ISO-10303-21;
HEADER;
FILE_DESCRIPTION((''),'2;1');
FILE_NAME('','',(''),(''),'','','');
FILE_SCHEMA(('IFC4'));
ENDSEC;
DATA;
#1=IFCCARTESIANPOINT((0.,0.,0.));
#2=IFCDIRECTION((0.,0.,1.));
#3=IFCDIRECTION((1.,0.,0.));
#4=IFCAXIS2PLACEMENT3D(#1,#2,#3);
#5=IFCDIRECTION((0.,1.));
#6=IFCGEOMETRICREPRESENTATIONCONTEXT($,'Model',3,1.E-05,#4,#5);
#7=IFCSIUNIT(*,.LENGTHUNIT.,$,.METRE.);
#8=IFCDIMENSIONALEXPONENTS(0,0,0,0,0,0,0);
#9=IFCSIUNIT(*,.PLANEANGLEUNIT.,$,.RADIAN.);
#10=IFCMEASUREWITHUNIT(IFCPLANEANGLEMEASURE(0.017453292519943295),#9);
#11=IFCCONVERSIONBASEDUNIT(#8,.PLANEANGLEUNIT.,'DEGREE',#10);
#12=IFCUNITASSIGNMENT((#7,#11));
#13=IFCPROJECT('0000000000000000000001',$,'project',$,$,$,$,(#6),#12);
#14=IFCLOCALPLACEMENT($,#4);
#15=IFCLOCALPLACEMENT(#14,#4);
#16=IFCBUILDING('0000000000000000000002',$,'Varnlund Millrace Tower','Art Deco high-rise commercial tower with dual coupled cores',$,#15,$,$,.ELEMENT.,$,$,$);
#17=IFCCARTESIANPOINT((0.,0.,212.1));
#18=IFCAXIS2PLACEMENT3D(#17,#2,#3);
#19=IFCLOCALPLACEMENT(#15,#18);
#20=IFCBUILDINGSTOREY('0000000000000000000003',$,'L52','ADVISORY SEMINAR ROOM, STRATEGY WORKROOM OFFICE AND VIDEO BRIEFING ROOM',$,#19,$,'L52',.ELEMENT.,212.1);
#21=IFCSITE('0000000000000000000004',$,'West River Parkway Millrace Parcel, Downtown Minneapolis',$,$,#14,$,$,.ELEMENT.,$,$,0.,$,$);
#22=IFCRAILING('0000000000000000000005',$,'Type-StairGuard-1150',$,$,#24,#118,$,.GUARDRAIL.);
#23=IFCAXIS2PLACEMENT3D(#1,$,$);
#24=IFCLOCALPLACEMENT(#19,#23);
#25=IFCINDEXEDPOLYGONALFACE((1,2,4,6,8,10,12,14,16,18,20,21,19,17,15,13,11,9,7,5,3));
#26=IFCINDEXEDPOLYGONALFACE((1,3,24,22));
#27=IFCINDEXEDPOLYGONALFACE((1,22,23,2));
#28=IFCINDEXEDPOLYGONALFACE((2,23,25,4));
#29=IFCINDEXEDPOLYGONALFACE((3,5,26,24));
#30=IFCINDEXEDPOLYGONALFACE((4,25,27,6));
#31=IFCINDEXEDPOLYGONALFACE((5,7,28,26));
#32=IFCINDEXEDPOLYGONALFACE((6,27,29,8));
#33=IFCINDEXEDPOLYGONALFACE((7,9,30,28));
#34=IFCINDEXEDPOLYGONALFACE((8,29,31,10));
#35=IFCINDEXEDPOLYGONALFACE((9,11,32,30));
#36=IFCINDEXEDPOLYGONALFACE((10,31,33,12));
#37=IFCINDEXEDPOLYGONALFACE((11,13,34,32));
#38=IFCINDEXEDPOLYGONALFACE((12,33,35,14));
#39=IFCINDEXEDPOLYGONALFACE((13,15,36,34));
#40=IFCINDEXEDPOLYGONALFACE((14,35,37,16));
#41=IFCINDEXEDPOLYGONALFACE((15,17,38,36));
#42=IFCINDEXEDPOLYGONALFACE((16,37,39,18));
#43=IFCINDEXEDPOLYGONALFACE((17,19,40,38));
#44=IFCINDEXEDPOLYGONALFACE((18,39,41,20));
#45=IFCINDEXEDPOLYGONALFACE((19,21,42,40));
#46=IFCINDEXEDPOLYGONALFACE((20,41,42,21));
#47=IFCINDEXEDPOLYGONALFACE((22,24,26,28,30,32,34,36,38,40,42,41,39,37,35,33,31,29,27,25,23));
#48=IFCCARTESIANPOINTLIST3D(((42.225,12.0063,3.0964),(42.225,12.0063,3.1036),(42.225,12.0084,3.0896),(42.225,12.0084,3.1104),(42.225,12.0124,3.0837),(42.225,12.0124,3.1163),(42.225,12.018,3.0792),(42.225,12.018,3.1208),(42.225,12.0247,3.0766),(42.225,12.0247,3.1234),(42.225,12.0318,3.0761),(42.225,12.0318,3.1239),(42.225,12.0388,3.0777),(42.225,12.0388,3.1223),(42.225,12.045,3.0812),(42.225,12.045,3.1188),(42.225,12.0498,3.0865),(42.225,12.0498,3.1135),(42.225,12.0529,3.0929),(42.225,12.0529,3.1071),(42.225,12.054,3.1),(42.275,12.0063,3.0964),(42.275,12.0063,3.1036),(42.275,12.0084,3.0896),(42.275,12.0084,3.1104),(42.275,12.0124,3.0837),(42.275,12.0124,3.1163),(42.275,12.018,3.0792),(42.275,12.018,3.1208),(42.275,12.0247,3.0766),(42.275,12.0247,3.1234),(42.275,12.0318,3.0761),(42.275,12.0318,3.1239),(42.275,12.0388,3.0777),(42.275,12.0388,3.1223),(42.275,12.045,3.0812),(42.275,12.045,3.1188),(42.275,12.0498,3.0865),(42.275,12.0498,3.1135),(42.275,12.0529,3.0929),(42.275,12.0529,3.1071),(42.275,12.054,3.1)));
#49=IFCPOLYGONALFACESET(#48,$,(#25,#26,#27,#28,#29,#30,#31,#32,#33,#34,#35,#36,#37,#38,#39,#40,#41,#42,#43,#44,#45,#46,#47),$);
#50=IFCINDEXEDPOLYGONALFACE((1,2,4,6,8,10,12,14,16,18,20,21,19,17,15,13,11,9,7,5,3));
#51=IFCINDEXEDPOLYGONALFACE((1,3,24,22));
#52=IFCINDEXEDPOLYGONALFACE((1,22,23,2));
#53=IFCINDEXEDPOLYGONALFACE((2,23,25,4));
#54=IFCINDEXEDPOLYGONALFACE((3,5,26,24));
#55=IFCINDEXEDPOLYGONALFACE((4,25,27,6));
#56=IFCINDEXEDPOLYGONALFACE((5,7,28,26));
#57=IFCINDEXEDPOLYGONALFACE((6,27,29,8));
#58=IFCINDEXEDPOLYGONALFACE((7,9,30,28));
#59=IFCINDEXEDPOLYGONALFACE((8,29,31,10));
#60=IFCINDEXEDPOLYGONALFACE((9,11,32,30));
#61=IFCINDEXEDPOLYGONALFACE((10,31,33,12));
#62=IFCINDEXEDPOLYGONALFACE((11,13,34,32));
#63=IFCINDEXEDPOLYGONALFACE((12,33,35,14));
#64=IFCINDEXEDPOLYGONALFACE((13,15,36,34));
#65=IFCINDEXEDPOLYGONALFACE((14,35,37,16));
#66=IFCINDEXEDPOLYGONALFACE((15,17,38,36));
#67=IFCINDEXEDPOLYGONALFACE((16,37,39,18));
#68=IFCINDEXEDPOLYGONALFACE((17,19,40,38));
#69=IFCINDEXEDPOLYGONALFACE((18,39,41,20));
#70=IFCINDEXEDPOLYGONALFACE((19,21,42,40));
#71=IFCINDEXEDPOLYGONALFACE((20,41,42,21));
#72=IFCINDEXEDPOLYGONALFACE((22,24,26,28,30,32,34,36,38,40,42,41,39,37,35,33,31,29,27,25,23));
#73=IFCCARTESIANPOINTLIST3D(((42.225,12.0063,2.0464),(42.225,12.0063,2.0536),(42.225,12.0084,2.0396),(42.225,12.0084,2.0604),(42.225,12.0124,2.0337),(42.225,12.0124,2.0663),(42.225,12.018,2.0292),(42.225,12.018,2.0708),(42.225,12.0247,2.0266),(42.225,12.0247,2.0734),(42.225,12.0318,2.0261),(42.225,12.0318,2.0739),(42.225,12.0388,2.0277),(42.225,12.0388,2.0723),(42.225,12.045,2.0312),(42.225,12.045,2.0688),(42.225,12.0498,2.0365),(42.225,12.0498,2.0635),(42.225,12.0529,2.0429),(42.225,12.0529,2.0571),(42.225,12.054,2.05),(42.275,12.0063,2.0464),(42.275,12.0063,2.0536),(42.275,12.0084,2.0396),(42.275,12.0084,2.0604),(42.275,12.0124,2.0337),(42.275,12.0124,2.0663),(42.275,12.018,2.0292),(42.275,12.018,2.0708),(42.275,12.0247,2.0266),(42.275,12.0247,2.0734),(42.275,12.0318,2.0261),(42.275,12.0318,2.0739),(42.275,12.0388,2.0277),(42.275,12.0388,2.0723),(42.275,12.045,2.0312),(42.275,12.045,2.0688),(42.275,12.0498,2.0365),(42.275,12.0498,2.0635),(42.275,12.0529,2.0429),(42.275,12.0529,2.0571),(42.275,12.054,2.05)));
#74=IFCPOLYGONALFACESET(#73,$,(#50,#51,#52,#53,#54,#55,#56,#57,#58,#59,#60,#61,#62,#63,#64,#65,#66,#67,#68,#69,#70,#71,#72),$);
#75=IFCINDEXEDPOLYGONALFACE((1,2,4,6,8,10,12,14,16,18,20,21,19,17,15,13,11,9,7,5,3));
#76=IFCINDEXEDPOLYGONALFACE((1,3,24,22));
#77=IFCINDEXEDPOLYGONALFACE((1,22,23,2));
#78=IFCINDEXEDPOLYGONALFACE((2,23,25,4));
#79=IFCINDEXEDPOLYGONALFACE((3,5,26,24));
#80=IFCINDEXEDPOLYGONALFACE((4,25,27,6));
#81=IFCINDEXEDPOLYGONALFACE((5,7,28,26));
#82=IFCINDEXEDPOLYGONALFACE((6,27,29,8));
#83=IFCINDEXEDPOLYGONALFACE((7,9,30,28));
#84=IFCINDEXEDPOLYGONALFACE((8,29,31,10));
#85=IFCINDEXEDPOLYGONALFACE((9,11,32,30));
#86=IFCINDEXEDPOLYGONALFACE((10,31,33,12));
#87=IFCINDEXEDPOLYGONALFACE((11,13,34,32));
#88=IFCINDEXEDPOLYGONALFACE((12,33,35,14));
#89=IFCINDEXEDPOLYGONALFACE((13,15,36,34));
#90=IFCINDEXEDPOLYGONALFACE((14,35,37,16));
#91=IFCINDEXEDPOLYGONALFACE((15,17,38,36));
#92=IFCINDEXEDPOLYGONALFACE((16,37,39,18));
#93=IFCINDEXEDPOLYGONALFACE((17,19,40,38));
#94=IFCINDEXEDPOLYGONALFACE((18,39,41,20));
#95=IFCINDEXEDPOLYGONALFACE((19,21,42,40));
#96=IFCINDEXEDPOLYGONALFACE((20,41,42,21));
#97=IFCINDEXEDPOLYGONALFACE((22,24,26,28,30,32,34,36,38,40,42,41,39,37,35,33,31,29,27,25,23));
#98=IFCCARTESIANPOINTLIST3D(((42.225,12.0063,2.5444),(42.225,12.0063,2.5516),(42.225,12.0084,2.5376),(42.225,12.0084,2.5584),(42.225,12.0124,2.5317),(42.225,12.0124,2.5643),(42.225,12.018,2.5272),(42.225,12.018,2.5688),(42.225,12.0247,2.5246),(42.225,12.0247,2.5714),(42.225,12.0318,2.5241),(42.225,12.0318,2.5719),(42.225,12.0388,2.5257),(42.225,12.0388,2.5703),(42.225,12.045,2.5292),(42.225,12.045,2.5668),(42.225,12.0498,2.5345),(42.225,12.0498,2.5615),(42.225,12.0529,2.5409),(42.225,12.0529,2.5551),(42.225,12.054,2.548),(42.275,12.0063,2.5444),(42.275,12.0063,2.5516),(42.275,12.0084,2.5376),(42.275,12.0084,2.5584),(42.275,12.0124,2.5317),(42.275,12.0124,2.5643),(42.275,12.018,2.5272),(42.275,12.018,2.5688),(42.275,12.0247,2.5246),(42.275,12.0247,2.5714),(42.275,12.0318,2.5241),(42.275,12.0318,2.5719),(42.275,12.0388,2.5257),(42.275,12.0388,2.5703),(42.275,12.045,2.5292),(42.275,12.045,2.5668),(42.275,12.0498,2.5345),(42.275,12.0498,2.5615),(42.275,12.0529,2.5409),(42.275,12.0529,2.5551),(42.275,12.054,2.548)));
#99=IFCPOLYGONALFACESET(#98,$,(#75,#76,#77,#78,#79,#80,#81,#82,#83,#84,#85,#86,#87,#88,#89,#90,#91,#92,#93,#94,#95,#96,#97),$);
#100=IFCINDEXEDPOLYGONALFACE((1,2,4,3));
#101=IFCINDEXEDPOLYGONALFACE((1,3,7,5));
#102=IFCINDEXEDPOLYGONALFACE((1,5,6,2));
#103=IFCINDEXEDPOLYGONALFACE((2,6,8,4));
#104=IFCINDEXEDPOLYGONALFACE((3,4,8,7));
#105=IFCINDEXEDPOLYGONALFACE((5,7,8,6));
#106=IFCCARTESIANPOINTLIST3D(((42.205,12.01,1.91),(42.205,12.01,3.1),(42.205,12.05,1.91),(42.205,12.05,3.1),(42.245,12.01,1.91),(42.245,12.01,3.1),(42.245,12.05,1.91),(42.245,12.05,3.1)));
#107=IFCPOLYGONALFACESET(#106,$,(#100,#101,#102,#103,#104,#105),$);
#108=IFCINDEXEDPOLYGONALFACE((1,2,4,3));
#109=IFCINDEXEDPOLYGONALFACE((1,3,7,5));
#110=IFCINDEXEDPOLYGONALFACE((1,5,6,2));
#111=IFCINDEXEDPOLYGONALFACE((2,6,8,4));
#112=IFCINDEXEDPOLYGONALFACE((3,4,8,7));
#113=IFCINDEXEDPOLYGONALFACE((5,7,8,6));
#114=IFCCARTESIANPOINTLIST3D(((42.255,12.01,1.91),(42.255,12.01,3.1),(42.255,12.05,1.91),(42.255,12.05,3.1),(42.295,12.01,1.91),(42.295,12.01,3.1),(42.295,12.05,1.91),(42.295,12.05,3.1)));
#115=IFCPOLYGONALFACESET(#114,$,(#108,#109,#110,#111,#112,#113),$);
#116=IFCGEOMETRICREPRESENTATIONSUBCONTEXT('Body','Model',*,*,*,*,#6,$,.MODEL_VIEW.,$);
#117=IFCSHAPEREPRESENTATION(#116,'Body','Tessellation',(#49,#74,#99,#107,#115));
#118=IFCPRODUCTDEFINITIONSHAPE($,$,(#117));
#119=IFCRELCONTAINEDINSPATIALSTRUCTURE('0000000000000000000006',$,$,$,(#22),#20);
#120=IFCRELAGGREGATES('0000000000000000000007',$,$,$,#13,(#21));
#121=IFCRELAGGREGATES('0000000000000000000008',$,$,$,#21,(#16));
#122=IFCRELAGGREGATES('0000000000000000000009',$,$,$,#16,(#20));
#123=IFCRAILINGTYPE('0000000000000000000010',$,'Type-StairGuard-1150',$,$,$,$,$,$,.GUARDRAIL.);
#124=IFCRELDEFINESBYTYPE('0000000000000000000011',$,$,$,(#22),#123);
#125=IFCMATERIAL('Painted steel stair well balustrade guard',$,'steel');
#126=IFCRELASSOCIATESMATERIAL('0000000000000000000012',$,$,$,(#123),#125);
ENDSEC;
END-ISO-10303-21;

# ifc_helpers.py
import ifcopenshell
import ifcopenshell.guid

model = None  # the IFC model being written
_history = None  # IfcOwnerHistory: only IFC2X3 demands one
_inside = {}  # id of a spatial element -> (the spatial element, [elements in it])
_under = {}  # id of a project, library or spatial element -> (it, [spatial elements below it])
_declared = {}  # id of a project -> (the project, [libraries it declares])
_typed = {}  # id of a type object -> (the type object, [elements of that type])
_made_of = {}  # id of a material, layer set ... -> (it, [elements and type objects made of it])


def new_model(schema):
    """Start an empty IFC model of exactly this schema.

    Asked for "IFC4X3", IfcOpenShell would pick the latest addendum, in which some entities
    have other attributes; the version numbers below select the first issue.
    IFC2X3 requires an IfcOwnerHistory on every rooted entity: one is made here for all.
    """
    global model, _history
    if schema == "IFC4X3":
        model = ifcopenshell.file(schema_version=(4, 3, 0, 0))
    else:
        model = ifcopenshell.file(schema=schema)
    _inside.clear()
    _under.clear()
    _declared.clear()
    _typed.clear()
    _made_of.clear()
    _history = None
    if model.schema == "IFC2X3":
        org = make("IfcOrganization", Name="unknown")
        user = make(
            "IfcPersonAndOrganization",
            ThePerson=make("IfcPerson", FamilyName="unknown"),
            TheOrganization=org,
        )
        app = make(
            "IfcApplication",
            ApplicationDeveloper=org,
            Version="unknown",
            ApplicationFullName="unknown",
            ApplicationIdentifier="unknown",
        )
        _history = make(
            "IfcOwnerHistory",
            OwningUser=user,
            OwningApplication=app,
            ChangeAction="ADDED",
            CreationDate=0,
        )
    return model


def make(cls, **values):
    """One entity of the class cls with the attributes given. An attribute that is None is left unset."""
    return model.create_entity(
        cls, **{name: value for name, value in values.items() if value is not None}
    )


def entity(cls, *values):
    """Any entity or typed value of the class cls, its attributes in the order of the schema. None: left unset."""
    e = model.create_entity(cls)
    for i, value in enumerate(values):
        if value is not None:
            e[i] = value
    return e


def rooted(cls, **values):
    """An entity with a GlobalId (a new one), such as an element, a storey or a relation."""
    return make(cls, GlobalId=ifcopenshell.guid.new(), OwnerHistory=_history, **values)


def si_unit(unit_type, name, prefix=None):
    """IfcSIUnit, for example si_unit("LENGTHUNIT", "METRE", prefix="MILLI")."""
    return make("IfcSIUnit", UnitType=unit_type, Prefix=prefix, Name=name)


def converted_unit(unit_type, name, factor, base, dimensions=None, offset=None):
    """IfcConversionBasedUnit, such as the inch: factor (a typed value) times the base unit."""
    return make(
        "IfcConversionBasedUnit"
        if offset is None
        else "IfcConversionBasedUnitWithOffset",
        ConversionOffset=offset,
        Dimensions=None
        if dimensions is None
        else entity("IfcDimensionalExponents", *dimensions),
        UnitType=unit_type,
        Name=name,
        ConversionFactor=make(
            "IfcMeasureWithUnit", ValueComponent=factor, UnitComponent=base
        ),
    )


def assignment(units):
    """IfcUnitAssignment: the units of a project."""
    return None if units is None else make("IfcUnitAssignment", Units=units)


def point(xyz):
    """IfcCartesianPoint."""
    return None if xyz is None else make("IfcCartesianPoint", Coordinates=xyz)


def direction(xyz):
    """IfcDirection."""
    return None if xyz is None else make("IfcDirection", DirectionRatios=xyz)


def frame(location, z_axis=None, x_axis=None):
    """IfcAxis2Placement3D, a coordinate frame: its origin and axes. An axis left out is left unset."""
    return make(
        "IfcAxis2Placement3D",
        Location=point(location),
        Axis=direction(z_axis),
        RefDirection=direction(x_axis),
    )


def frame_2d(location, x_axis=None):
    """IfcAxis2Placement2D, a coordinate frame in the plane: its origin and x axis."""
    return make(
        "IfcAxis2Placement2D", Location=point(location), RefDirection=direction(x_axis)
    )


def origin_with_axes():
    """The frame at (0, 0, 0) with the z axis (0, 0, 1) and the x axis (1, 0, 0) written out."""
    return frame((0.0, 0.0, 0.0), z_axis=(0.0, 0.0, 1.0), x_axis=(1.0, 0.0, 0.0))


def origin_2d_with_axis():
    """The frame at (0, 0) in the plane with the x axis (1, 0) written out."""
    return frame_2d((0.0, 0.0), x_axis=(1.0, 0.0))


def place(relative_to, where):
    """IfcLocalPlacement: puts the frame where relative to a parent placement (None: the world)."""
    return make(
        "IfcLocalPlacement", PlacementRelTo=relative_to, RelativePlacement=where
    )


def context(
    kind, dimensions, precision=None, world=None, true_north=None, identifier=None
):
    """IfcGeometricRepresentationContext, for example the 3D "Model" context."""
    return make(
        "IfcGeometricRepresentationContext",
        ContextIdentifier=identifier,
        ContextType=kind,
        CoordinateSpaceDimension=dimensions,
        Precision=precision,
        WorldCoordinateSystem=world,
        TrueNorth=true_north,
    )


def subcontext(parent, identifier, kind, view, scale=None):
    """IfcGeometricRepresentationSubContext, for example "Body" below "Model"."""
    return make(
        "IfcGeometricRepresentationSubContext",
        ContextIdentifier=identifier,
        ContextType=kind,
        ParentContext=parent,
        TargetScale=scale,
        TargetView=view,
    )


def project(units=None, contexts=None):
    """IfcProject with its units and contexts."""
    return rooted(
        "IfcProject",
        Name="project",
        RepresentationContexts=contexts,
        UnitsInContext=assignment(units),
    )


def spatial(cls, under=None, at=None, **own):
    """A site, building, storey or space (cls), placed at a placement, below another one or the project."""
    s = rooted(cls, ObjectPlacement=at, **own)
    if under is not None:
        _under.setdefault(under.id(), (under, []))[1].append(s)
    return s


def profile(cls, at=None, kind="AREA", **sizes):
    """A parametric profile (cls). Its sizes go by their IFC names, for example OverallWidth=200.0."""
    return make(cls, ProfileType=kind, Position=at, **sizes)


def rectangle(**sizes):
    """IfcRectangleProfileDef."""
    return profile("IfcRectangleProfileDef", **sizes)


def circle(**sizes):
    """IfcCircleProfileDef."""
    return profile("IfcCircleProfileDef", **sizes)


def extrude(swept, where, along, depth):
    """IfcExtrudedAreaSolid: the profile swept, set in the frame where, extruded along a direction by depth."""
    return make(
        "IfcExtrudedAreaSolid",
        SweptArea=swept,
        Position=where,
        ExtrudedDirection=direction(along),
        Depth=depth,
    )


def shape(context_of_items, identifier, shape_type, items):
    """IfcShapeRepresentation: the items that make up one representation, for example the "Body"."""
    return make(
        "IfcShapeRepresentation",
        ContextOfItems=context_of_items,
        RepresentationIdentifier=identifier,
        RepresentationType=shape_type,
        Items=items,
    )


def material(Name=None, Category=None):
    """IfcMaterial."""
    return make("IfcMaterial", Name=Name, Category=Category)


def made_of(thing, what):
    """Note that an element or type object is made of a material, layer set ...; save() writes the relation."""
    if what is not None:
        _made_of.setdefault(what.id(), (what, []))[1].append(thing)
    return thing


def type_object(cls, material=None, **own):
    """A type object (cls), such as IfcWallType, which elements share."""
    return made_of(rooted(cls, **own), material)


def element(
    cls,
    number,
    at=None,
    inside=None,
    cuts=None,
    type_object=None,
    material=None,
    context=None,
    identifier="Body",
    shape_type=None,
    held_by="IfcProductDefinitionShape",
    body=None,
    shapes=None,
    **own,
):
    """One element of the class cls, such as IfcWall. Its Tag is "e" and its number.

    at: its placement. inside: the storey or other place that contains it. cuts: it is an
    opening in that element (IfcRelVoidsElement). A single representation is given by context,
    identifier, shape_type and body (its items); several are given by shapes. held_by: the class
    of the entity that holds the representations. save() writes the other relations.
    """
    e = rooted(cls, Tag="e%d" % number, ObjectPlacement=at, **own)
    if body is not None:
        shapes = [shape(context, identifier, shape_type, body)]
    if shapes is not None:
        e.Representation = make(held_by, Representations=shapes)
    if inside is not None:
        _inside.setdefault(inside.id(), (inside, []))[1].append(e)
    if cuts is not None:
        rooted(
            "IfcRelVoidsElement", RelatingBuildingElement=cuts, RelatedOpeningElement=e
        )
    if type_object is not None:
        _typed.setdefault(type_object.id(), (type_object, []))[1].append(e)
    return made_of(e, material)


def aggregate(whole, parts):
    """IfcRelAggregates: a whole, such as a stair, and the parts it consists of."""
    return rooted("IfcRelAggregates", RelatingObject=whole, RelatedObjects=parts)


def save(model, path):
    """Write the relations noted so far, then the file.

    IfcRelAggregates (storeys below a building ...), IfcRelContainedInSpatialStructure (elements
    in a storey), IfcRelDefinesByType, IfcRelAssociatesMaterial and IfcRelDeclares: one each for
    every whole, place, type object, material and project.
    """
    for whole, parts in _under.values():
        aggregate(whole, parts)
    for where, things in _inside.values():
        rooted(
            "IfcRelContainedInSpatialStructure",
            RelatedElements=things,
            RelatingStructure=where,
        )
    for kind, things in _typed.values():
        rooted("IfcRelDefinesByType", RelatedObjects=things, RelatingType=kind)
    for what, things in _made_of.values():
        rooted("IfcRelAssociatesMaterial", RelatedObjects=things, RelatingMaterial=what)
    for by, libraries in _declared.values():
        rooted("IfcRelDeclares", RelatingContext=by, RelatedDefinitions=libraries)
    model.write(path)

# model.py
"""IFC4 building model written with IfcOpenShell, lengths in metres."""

from ifc_helpers import new_model, entity, si_unit, converted_unit, direction, frame, origin_with_axes, origin_2d_with_axis, place, context, subcontext, project, spatial, rectangle, circle, extrude, material, type_object, element, save


model = new_model("IFC4")

# Units and contexts
model_context = context("Model", 3, precision=1e-05, world=origin_with_axes(), true_north=direction((0.0, 1.0)))
body_context = subcontext(model_context, "Body", "Model", "MODEL_VIEW")
ifc_project = project(units=[si_unit("LENGTHUNIT", "METRE"), converted_unit("PLANEANGLEUNIT", "DEGREE", entity("IfcPlaneAngleMeasure", 0.017453292519943295), si_unit("PLANEANGLEUNIT", "RADIAN"), dimensions=[0, 0, 0, 0, 0, 0, 0])], contexts=[model_context])

# Site, building, storey
site_placement = place(None, origin_with_axes())
site = spatial("IfcSite", under=ifc_project, at=site_placement, Name="West River Parkway Millrace Parcel, Downtown Minneapolis", CompositionType="ELEMENT", RefElevation=0.0)
building_placement = place(site_placement, origin_with_axes())
building = spatial("IfcBuilding", under=site, at=building_placement, Name="Varnlund Millrace Tower", Description="Art Deco high-rise commercial tower with dual coupled cores", CompositionType="ELEMENT")
storey_placement = place(building_placement, frame((0.0, 0.0, 212.1), z_axis=(0.0, 0.0, 1.0), x_axis=(1.0, 0.0, 0.0)))
storey = spatial("IfcBuildingStorey", under=building, at=storey_placement, Name="L52", Description="ADVISORY SEMINAR ROOM, STRATEGY WORKROOM OFFICE AND VIDEO BRIEFING ROOM", LongName="L52", CompositionType="ELEMENT", Elevation=212.1)

# Railing
ifc_material_1 = material(Name="Painted steel stair well balustrade guard", Category="steel")
railing_type_1 = type_object("IfcRailingType", Name="Type-StairGuard-1150", PredefinedType="GUARDRAIL", material=ifc_material_1)
railing_1_placement = place(storey_placement, frame((0.0, 0.0, -212.1), z_axis=(0.0, 0.0, 1.0), x_axis=(1.0, 0.0, 0.0)))
element("IfcRailing", 1, at=railing_1_placement, inside=storey, type_object=railing_type_1, Name="Type-StairGuard-1150", PredefinedType="GUARDRAIL", context=body_context, shape_type="SweptSolid", body=[
    extrude(circle(Radius=0.024, at=origin_2d_with_axis()), frame((42.225, 12.03, 215.2), z_axis=(1.0, 0.0, 0.0), x_axis=(0.0, 1.0, 0.0)), (0.0, 0.0, 1.0), 0.05),
    extrude(circle(Radius=0.024, at=origin_2d_with_axis()), frame((42.225, 12.03, 214.15), z_axis=(1.0, 0.0, 0.0), x_axis=(0.0, 1.0, 0.0)), (0.0, 0.0, 1.0), 0.05),
    extrude(circle(Radius=0.024, at=origin_2d_with_axis()), frame((42.225, 12.03, 214.648), z_axis=(1.0, 0.0, 0.0), x_axis=(0.0, 1.0, 0.0)), (0.0, 0.0, 1.0), 0.05),
    extrude(rectangle(XDim=0.04, YDim=0.04, at=origin_2d_with_axis()), frame((42.225, 12.03, 214.01), z_axis=(0.0, 0.0, 1.0), x_axis=(1.0, 0.0, 0.0)), (0.0, 0.0, 1.0), 1.19),
    extrude(rectangle(XDim=0.04, YDim=0.04, at=origin_2d_with_axis()), frame((42.275, 12.03, 214.01), z_axis=(0.0, 0.0, 1.0), x_axis=(1.0, 0.0, 0.0)), (0.0, 0.0, 1.0), 1.19),
])

save(model, "model.ifc")
